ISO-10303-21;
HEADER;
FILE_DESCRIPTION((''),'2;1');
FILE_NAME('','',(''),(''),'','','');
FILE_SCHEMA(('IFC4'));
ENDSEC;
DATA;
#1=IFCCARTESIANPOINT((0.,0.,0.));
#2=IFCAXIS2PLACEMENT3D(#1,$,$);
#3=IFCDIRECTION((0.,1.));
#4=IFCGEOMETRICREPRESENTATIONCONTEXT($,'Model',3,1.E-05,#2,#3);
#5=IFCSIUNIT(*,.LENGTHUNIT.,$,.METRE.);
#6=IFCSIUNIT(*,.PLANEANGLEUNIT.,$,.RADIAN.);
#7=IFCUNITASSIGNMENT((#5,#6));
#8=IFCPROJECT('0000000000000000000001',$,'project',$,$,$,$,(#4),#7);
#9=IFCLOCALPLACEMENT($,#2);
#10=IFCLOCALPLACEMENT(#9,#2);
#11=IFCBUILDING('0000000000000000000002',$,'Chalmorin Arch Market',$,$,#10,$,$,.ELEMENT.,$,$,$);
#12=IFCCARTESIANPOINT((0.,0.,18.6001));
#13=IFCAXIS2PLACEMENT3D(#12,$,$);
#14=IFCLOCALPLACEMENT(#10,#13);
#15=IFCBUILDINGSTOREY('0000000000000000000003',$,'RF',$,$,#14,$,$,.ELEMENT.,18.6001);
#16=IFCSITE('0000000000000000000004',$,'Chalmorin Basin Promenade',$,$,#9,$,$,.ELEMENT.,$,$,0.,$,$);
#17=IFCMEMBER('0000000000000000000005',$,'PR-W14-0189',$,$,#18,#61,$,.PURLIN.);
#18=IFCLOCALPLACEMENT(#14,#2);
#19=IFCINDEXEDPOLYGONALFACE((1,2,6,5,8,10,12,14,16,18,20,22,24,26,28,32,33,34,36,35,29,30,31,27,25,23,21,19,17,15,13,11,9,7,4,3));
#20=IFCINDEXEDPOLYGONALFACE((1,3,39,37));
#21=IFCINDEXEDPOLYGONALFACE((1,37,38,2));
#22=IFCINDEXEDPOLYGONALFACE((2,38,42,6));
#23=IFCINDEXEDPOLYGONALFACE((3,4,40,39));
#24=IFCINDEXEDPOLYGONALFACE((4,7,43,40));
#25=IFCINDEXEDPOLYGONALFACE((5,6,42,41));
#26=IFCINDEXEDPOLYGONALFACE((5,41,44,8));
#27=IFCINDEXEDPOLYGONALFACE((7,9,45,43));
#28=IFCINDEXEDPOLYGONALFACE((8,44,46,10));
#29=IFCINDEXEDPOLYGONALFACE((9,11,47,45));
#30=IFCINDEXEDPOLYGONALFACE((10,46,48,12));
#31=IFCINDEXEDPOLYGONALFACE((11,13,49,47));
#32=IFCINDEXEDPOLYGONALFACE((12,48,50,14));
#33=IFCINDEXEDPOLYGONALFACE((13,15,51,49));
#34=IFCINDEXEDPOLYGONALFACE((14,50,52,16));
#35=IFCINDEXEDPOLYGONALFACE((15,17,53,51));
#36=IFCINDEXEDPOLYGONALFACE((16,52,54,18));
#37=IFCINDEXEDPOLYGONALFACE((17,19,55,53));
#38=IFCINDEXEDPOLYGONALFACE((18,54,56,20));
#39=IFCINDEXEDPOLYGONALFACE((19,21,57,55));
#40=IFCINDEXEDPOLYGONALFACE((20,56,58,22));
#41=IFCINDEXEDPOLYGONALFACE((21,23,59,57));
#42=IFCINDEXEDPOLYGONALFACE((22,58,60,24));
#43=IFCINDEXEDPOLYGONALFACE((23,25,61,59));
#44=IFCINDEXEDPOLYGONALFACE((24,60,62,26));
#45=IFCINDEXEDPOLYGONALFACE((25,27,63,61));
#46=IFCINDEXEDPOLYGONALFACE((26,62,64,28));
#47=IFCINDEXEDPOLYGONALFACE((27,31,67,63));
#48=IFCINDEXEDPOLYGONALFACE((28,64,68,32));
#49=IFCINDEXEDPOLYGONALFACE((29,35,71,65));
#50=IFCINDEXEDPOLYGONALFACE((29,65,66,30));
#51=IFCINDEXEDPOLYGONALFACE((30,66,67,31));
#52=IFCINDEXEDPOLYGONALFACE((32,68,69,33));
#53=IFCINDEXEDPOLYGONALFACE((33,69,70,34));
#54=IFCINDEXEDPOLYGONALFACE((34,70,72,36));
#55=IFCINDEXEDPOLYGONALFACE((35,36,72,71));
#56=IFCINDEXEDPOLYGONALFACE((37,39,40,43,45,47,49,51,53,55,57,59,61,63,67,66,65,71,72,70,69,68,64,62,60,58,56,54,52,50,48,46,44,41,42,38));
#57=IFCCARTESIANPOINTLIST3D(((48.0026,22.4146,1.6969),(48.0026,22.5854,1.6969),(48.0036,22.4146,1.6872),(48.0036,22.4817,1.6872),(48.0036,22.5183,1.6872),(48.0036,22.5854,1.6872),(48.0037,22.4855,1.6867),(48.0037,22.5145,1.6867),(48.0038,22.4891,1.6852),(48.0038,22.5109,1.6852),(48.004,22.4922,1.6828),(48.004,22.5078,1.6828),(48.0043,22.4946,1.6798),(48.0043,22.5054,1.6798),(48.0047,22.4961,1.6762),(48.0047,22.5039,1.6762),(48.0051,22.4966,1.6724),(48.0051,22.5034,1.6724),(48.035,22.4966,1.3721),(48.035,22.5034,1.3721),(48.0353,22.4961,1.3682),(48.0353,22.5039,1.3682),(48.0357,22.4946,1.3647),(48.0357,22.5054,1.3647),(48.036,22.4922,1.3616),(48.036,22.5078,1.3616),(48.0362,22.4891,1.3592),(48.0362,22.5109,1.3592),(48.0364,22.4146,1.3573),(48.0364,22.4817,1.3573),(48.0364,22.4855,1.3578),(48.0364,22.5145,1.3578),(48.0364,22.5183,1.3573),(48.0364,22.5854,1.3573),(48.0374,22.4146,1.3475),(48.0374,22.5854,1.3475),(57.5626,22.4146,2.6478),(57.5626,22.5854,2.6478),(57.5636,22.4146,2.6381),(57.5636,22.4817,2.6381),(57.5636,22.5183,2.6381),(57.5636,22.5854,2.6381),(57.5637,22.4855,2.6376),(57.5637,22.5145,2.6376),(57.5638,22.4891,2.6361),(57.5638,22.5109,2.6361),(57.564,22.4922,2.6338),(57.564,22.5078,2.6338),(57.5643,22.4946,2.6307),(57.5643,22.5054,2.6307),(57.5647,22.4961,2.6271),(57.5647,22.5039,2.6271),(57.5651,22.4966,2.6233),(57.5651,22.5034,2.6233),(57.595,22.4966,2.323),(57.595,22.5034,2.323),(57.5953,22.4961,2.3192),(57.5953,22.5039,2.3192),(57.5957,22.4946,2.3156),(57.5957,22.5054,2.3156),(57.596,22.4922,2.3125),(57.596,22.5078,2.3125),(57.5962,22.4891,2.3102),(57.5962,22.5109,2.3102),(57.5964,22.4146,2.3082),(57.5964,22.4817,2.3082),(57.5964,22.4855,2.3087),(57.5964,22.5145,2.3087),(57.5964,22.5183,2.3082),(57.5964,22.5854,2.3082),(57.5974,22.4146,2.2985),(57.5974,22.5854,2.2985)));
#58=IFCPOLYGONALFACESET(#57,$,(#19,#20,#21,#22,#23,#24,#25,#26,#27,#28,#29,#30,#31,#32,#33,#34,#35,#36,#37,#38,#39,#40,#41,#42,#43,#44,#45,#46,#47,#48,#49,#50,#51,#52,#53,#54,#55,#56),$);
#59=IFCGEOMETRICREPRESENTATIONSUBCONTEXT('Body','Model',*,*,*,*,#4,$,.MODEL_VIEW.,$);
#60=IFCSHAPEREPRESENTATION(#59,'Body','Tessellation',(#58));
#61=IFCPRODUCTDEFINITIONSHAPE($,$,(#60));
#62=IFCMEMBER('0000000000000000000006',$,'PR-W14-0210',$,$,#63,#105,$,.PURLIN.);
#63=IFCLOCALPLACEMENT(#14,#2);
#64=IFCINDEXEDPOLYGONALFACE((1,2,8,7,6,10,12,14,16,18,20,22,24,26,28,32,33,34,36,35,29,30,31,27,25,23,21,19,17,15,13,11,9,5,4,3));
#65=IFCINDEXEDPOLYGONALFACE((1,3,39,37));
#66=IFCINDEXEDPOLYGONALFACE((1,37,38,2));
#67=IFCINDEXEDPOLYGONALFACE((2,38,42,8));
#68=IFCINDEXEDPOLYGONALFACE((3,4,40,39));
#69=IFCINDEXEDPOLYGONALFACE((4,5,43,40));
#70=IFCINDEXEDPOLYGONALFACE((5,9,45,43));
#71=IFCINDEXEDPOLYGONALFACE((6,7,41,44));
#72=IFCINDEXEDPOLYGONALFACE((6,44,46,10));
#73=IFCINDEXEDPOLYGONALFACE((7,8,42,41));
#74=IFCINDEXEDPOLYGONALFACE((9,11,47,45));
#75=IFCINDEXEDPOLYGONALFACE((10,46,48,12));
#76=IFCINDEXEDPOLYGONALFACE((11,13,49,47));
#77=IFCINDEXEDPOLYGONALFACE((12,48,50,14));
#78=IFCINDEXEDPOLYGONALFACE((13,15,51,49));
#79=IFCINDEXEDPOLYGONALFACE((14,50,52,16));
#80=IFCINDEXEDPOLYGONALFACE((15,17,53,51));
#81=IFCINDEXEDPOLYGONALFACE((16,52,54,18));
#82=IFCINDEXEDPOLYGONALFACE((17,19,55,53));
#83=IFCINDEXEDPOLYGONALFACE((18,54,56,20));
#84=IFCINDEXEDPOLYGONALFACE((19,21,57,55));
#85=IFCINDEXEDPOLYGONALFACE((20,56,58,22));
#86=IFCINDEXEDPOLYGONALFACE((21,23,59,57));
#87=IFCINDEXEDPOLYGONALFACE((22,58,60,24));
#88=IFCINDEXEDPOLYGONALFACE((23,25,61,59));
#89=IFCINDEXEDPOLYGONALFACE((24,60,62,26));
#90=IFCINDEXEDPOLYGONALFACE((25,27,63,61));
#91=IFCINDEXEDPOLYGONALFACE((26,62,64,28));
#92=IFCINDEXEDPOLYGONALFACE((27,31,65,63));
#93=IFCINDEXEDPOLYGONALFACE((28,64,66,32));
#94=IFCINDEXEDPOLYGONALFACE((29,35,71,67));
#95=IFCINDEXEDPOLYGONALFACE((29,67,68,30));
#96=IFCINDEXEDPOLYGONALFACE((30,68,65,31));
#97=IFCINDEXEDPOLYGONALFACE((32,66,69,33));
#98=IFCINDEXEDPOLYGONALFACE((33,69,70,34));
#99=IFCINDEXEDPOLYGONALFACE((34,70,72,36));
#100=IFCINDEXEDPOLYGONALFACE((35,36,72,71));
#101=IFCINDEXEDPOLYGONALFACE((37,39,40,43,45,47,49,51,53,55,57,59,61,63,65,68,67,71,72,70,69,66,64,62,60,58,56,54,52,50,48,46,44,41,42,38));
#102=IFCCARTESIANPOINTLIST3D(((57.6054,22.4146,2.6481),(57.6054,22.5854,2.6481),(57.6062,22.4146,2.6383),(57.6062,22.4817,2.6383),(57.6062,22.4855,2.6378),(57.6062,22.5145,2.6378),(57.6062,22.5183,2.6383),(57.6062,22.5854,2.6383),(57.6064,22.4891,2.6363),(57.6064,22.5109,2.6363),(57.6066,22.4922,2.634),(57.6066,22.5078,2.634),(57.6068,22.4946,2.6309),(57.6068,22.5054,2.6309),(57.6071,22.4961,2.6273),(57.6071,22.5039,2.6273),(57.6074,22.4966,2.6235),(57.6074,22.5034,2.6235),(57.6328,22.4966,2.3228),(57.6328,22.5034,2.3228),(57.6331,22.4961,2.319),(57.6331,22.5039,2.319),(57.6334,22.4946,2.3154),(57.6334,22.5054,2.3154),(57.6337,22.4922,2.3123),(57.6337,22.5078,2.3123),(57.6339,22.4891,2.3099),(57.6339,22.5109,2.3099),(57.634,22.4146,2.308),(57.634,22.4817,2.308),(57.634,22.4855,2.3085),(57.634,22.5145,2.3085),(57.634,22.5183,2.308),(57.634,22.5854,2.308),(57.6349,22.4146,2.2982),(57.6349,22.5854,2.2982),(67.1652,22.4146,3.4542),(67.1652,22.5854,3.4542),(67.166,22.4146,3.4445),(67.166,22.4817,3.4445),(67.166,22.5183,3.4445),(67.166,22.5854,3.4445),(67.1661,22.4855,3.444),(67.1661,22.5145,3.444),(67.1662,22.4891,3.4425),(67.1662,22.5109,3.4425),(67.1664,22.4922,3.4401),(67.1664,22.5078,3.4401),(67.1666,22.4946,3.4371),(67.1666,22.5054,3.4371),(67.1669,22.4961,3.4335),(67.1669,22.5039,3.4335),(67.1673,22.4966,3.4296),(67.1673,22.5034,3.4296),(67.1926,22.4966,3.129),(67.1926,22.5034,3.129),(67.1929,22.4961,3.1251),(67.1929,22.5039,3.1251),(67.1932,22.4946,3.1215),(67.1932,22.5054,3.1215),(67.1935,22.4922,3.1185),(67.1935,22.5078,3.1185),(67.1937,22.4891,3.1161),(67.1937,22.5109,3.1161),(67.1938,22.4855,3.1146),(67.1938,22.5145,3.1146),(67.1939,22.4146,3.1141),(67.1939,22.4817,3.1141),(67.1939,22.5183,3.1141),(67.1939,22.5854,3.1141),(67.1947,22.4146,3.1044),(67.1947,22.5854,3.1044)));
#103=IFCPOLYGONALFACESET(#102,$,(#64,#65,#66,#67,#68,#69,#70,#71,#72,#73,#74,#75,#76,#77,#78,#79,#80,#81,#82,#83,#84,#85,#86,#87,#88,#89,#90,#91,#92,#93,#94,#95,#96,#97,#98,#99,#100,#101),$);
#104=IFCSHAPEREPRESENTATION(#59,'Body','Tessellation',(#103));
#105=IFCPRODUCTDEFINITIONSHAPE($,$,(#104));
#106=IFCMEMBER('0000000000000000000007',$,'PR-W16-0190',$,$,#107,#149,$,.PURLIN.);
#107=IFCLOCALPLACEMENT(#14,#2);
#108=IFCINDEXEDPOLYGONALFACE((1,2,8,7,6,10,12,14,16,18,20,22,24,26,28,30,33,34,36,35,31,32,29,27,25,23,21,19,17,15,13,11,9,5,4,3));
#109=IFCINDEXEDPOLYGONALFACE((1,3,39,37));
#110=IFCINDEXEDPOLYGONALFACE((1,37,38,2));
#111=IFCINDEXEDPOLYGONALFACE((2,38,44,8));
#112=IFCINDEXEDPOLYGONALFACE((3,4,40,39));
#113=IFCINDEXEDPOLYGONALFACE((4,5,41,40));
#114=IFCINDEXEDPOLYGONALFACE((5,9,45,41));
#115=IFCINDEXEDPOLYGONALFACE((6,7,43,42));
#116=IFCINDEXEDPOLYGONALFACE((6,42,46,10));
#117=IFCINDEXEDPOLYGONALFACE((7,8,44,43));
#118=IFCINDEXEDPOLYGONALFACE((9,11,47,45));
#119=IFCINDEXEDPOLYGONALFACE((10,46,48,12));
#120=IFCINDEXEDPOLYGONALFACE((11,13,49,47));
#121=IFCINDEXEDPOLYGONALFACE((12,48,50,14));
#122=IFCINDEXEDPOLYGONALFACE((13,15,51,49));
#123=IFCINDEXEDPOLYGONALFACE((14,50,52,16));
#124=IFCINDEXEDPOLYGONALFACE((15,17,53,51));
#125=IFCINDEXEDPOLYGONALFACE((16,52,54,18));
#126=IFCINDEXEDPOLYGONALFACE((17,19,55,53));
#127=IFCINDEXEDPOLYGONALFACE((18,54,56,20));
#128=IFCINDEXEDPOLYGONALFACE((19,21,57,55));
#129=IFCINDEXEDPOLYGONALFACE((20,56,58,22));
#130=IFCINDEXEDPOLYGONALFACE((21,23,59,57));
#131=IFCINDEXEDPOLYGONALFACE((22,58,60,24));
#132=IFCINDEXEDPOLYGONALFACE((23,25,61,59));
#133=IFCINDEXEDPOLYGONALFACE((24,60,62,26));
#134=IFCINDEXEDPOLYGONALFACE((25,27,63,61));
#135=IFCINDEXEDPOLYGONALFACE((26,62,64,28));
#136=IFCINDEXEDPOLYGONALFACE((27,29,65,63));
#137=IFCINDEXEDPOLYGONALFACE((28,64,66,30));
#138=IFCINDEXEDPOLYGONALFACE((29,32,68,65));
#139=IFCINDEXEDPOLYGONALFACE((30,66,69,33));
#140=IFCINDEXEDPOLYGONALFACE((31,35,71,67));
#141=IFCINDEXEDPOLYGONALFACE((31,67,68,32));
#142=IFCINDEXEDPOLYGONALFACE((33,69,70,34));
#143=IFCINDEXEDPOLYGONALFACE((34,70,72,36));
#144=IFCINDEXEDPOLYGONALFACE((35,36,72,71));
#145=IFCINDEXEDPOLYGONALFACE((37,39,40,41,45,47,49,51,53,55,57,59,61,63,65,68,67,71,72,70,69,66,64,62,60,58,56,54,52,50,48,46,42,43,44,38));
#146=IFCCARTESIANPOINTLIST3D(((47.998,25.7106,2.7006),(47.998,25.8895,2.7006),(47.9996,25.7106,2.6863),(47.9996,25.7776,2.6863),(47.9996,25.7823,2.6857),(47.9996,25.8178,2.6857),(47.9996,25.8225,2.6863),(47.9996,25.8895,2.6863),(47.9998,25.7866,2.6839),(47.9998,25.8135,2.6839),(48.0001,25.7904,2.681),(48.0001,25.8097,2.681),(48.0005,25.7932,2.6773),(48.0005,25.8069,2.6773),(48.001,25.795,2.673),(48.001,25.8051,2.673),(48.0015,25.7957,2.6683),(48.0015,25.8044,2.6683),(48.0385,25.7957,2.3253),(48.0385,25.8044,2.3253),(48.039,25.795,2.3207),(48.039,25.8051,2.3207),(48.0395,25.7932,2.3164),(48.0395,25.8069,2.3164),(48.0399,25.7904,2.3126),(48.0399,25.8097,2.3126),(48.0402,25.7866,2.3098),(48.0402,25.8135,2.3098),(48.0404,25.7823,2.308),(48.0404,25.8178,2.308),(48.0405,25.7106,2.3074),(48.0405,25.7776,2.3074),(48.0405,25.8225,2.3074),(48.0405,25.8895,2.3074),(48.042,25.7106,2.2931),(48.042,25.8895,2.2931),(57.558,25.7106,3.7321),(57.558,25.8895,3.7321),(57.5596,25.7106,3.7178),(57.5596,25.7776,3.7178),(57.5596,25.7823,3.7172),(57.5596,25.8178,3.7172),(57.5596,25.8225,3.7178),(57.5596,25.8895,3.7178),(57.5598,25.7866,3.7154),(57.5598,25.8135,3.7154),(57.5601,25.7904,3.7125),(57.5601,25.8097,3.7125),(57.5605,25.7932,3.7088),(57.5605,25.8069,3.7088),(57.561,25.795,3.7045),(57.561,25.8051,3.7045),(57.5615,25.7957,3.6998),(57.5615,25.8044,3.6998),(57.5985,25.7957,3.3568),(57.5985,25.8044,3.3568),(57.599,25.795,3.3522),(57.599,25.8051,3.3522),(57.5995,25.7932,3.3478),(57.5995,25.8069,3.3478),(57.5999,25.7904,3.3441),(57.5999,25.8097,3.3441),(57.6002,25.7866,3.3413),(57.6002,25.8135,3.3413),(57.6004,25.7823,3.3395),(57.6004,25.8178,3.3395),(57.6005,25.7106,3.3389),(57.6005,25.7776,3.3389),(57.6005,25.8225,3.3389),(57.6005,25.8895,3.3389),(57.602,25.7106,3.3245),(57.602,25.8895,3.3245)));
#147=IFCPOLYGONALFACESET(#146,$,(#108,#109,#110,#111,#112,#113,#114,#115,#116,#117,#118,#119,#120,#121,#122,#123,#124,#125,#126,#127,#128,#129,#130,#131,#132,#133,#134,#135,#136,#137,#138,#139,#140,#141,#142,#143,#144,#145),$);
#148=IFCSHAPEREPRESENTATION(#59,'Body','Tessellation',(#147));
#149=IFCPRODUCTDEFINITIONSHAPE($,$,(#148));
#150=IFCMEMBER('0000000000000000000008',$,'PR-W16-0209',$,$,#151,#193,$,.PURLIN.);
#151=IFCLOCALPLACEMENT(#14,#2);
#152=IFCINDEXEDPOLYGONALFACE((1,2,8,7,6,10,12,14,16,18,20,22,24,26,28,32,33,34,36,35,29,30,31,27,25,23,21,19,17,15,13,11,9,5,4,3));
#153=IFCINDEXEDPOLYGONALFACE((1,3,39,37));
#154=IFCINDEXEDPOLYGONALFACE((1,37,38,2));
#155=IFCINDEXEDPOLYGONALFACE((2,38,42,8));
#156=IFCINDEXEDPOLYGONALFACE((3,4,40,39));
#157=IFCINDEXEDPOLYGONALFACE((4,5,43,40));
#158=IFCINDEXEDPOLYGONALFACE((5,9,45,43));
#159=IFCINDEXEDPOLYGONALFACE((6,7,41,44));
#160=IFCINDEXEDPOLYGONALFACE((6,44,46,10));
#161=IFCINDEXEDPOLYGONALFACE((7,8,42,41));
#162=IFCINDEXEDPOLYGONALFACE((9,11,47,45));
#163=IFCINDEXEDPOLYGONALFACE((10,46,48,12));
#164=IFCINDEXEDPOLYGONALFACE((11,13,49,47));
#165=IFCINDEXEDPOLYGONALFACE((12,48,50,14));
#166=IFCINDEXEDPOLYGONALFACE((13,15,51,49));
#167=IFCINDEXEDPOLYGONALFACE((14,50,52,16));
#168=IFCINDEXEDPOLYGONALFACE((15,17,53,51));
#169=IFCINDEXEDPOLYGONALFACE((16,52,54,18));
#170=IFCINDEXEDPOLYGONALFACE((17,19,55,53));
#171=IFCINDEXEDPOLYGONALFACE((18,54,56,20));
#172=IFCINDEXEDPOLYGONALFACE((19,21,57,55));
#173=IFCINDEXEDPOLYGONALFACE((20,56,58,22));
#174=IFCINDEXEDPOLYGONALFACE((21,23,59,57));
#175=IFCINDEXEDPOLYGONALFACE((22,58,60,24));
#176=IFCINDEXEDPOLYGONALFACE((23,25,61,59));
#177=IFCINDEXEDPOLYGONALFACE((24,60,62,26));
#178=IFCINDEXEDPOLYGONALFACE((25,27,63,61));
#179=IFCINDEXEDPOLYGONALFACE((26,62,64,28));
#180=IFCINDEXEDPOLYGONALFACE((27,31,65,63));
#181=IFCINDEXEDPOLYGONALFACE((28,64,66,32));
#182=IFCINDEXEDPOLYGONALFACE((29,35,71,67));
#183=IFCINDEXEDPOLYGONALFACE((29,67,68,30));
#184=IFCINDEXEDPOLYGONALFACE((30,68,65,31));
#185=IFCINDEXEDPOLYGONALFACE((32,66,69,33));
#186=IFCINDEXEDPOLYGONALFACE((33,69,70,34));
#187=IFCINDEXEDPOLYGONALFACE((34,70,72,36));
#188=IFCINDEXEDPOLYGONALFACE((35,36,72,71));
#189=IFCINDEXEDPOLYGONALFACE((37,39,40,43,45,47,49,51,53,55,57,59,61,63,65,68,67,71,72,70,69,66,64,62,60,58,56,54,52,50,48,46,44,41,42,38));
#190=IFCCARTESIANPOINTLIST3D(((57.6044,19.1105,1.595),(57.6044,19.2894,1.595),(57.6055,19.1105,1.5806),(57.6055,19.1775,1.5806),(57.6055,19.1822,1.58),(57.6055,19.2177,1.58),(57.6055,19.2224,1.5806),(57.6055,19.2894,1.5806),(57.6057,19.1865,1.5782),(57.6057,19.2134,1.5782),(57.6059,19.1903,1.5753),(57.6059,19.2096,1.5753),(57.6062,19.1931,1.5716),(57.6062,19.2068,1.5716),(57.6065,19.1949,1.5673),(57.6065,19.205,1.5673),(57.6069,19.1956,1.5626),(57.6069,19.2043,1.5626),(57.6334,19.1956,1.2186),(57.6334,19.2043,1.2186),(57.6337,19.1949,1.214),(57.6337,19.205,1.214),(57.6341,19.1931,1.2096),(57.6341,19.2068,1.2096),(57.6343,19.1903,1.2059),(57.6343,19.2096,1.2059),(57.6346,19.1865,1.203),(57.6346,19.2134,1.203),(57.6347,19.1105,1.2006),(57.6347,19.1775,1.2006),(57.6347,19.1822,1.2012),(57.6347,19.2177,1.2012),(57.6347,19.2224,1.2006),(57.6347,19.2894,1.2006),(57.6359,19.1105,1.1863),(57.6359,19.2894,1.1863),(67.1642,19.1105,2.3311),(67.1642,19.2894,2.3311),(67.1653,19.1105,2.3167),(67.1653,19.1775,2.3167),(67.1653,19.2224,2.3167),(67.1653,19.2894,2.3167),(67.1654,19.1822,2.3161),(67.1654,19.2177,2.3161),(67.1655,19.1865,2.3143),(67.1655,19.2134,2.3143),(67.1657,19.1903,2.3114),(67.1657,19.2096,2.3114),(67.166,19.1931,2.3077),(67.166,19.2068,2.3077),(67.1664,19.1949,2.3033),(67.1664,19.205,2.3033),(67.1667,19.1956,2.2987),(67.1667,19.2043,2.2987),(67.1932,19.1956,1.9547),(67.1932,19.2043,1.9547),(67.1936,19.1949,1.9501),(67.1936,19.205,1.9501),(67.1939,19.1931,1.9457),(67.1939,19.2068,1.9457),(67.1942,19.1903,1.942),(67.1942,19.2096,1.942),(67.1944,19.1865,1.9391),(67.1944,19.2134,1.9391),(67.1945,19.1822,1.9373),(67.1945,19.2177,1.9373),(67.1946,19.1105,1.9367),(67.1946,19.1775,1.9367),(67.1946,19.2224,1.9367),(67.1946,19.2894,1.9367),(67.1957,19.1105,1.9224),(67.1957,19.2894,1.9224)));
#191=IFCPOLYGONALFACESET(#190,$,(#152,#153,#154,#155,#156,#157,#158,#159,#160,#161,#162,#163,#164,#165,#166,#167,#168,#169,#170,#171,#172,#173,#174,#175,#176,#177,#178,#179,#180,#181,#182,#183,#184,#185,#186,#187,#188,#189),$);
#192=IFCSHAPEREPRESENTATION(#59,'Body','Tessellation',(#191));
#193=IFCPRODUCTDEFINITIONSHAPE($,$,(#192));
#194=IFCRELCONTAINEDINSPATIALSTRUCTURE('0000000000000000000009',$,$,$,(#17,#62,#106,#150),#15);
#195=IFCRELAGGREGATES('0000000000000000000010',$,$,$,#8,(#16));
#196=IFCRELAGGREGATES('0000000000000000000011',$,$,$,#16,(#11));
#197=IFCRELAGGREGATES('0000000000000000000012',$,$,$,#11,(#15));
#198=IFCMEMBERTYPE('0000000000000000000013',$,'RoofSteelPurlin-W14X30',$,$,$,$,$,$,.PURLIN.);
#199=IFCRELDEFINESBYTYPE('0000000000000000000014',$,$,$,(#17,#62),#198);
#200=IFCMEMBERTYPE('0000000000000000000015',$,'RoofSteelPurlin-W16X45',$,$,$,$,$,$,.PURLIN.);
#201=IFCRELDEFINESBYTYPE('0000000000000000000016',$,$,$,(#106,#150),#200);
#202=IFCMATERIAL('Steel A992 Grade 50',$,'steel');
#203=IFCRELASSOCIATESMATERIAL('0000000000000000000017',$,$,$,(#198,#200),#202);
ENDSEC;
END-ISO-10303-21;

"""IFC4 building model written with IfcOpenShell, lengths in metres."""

from ifc_helpers import new_model, si_unit, direction, frame, origin, origin_2d, place, context, subcontext, project, spatial, i_section, extrude, material, material_profile, profile_set, type_object, element, save


model = new_model("IFC4")

# Units and contexts
model_context = context("Model", 3, precision=1e-05, world=origin(), true_north=direction((0.0, 1.0)))
body_context = subcontext(model_context, "Body", "Model", "MODEL_VIEW")
ifc_project = project(units=[si_unit("LENGTHUNIT", "METRE"), si_unit("PLANEANGLEUNIT", "RADIAN")], contexts=[model_context])

# Site, building, storey
site_placement = place(None, origin())
site = spatial("IfcSite", under=ifc_project, at=site_placement, Name="Chalmorin Basin Promenade", CompositionType="ELEMENT", RefElevation=0.0)
building_placement = place(site_placement, origin())
building = spatial("IfcBuilding", under=site, at=building_placement, Name="Chalmorin Arch Market", CompositionType="ELEMENT")
storey_placement = place(building_placement, frame((0.0, 0.0, 18.6001)))
storey = spatial("IfcBuildingStorey", under=building, at=storey_placement, Name="RF", CompositionType="ELEMENT", Elevation=18.6001)

# Members
ifc_material_1 = material(Name="Steel A992 Grade 50", Category="steel")
ifc_material_profile_1 = material_profile(ifc_material_1, i_section(OverallWidth=0.1709, OverallDepth=0.3511, WebThickness=0.0068, FlangeThickness=0.0098, FilletRadius=0.0149, at=origin_2d()), Name="W14X30")
ifc_profile_set_1 = profile_set([ifc_material_profile_1], Name="Steel A992 Grade 50")
member_type_1 = type_object("IfcMemberType", Name="RoofSteelPurlin-W14X30", PredefinedType="PURLIN", material=ifc_profile_set_1)
member_1_placement = place(storey_placement, frame((48.02, 22.5, 1.5222), z_axis=(0.995089, 0.0, 0.09898), x_axis=(0.0, 1.0, 0.0)))
element("IfcMember", 1, at=member_1_placement, inside=storey, type_object=member_type_1, Name="PR-W14-0189", PredefinedType="PURLIN", context=body_context, shape_type="SweptSolid", body=[
    extrude(i_section(OverallWidth=0.1709, OverallDepth=0.3511, WebThickness=0.0068, FlangeThickness=0.0098, FilletRadius=0.0149, at=origin_2d()), origin(), (0.0, 0.0, 1.0), 9.6072),
])
member_2_placement = place(storey_placement, frame((57.6201, 22.5, 2.4731), z_axis=(0.996463, 0.0, 0.084029), x_axis=(0.0, 1.0, 0.0)))
element("IfcMember", 2, at=member_2_placement, inside=storey, type_object=member_type_1, Name="PR-W14-0210", PredefinedType="PURLIN", context=body_context, shape_type="SweptSolid", body=[
    extrude(i_section(OverallWidth=0.1709, OverallDepth=0.3511, WebThickness=0.0068, FlangeThickness=0.0098, FilletRadius=0.0149, at=origin_2d()), origin(), (0.0, 0.0, 1.0), 9.5938),
])
ifc_material_profile_2 = material_profile(ifc_material_1, i_section(OverallWidth=0.179, OverallDepth=0.4099, WebThickness=0.0088, FlangeThickness=0.0144, FilletRadius=0.0181, at=origin_2d()), Name="W16X45")
ifc_profile_set_2 = profile_set([ifc_material_profile_2], Name="Steel A992 Grade 50")
member_type_2 = type_object("IfcMemberType", Name="RoofSteelPurlin-W16X45", PredefinedType="PURLIN", material=ifc_profile_set_2)
member_3_placement = place(storey_placement, frame((48.02, 25.8, 2.4968), z_axis=(0.99423, 0.0, 0.107274), x_axis=(0.0, 1.0, 0.0)))
element("IfcMember", 3, at=member_3_placement, inside=storey, type_object=member_type_2, Name="PR-W16-0190", PredefinedType="PURLIN", context=body_context, shape_type="SweptSolid", body=[
    extrude(i_section(OverallWidth=0.179, OverallDepth=0.4099, WebThickness=0.0088, FlangeThickness=0.0144, FilletRadius=0.0181, at=origin_2d()), origin(), (0.0, 0.0, 1.0), 9.6155),
])
member_4_placement = place(storey_placement, frame((57.6201, 19.2, 1.3906), z_axis=(0.997049, 0.0, 0.07677), x_axis=(0.0, 1.0, 0.0)))
element("IfcMember", 4, at=member_4_placement, inside=storey, type_object=member_type_2, Name="PR-W16-0209", PredefinedType="PURLIN", context=body_context, shape_type="SweptSolid", body=[
    extrude(i_section(OverallWidth=0.179, OverallDepth=0.4099, WebThickness=0.0088, FlangeThickness=0.0144, FilletRadius=0.0181, at=origin_2d()), origin(), (0.0, 0.0, 1.0), 9.5881),
])

save(model, "model.ifc")
